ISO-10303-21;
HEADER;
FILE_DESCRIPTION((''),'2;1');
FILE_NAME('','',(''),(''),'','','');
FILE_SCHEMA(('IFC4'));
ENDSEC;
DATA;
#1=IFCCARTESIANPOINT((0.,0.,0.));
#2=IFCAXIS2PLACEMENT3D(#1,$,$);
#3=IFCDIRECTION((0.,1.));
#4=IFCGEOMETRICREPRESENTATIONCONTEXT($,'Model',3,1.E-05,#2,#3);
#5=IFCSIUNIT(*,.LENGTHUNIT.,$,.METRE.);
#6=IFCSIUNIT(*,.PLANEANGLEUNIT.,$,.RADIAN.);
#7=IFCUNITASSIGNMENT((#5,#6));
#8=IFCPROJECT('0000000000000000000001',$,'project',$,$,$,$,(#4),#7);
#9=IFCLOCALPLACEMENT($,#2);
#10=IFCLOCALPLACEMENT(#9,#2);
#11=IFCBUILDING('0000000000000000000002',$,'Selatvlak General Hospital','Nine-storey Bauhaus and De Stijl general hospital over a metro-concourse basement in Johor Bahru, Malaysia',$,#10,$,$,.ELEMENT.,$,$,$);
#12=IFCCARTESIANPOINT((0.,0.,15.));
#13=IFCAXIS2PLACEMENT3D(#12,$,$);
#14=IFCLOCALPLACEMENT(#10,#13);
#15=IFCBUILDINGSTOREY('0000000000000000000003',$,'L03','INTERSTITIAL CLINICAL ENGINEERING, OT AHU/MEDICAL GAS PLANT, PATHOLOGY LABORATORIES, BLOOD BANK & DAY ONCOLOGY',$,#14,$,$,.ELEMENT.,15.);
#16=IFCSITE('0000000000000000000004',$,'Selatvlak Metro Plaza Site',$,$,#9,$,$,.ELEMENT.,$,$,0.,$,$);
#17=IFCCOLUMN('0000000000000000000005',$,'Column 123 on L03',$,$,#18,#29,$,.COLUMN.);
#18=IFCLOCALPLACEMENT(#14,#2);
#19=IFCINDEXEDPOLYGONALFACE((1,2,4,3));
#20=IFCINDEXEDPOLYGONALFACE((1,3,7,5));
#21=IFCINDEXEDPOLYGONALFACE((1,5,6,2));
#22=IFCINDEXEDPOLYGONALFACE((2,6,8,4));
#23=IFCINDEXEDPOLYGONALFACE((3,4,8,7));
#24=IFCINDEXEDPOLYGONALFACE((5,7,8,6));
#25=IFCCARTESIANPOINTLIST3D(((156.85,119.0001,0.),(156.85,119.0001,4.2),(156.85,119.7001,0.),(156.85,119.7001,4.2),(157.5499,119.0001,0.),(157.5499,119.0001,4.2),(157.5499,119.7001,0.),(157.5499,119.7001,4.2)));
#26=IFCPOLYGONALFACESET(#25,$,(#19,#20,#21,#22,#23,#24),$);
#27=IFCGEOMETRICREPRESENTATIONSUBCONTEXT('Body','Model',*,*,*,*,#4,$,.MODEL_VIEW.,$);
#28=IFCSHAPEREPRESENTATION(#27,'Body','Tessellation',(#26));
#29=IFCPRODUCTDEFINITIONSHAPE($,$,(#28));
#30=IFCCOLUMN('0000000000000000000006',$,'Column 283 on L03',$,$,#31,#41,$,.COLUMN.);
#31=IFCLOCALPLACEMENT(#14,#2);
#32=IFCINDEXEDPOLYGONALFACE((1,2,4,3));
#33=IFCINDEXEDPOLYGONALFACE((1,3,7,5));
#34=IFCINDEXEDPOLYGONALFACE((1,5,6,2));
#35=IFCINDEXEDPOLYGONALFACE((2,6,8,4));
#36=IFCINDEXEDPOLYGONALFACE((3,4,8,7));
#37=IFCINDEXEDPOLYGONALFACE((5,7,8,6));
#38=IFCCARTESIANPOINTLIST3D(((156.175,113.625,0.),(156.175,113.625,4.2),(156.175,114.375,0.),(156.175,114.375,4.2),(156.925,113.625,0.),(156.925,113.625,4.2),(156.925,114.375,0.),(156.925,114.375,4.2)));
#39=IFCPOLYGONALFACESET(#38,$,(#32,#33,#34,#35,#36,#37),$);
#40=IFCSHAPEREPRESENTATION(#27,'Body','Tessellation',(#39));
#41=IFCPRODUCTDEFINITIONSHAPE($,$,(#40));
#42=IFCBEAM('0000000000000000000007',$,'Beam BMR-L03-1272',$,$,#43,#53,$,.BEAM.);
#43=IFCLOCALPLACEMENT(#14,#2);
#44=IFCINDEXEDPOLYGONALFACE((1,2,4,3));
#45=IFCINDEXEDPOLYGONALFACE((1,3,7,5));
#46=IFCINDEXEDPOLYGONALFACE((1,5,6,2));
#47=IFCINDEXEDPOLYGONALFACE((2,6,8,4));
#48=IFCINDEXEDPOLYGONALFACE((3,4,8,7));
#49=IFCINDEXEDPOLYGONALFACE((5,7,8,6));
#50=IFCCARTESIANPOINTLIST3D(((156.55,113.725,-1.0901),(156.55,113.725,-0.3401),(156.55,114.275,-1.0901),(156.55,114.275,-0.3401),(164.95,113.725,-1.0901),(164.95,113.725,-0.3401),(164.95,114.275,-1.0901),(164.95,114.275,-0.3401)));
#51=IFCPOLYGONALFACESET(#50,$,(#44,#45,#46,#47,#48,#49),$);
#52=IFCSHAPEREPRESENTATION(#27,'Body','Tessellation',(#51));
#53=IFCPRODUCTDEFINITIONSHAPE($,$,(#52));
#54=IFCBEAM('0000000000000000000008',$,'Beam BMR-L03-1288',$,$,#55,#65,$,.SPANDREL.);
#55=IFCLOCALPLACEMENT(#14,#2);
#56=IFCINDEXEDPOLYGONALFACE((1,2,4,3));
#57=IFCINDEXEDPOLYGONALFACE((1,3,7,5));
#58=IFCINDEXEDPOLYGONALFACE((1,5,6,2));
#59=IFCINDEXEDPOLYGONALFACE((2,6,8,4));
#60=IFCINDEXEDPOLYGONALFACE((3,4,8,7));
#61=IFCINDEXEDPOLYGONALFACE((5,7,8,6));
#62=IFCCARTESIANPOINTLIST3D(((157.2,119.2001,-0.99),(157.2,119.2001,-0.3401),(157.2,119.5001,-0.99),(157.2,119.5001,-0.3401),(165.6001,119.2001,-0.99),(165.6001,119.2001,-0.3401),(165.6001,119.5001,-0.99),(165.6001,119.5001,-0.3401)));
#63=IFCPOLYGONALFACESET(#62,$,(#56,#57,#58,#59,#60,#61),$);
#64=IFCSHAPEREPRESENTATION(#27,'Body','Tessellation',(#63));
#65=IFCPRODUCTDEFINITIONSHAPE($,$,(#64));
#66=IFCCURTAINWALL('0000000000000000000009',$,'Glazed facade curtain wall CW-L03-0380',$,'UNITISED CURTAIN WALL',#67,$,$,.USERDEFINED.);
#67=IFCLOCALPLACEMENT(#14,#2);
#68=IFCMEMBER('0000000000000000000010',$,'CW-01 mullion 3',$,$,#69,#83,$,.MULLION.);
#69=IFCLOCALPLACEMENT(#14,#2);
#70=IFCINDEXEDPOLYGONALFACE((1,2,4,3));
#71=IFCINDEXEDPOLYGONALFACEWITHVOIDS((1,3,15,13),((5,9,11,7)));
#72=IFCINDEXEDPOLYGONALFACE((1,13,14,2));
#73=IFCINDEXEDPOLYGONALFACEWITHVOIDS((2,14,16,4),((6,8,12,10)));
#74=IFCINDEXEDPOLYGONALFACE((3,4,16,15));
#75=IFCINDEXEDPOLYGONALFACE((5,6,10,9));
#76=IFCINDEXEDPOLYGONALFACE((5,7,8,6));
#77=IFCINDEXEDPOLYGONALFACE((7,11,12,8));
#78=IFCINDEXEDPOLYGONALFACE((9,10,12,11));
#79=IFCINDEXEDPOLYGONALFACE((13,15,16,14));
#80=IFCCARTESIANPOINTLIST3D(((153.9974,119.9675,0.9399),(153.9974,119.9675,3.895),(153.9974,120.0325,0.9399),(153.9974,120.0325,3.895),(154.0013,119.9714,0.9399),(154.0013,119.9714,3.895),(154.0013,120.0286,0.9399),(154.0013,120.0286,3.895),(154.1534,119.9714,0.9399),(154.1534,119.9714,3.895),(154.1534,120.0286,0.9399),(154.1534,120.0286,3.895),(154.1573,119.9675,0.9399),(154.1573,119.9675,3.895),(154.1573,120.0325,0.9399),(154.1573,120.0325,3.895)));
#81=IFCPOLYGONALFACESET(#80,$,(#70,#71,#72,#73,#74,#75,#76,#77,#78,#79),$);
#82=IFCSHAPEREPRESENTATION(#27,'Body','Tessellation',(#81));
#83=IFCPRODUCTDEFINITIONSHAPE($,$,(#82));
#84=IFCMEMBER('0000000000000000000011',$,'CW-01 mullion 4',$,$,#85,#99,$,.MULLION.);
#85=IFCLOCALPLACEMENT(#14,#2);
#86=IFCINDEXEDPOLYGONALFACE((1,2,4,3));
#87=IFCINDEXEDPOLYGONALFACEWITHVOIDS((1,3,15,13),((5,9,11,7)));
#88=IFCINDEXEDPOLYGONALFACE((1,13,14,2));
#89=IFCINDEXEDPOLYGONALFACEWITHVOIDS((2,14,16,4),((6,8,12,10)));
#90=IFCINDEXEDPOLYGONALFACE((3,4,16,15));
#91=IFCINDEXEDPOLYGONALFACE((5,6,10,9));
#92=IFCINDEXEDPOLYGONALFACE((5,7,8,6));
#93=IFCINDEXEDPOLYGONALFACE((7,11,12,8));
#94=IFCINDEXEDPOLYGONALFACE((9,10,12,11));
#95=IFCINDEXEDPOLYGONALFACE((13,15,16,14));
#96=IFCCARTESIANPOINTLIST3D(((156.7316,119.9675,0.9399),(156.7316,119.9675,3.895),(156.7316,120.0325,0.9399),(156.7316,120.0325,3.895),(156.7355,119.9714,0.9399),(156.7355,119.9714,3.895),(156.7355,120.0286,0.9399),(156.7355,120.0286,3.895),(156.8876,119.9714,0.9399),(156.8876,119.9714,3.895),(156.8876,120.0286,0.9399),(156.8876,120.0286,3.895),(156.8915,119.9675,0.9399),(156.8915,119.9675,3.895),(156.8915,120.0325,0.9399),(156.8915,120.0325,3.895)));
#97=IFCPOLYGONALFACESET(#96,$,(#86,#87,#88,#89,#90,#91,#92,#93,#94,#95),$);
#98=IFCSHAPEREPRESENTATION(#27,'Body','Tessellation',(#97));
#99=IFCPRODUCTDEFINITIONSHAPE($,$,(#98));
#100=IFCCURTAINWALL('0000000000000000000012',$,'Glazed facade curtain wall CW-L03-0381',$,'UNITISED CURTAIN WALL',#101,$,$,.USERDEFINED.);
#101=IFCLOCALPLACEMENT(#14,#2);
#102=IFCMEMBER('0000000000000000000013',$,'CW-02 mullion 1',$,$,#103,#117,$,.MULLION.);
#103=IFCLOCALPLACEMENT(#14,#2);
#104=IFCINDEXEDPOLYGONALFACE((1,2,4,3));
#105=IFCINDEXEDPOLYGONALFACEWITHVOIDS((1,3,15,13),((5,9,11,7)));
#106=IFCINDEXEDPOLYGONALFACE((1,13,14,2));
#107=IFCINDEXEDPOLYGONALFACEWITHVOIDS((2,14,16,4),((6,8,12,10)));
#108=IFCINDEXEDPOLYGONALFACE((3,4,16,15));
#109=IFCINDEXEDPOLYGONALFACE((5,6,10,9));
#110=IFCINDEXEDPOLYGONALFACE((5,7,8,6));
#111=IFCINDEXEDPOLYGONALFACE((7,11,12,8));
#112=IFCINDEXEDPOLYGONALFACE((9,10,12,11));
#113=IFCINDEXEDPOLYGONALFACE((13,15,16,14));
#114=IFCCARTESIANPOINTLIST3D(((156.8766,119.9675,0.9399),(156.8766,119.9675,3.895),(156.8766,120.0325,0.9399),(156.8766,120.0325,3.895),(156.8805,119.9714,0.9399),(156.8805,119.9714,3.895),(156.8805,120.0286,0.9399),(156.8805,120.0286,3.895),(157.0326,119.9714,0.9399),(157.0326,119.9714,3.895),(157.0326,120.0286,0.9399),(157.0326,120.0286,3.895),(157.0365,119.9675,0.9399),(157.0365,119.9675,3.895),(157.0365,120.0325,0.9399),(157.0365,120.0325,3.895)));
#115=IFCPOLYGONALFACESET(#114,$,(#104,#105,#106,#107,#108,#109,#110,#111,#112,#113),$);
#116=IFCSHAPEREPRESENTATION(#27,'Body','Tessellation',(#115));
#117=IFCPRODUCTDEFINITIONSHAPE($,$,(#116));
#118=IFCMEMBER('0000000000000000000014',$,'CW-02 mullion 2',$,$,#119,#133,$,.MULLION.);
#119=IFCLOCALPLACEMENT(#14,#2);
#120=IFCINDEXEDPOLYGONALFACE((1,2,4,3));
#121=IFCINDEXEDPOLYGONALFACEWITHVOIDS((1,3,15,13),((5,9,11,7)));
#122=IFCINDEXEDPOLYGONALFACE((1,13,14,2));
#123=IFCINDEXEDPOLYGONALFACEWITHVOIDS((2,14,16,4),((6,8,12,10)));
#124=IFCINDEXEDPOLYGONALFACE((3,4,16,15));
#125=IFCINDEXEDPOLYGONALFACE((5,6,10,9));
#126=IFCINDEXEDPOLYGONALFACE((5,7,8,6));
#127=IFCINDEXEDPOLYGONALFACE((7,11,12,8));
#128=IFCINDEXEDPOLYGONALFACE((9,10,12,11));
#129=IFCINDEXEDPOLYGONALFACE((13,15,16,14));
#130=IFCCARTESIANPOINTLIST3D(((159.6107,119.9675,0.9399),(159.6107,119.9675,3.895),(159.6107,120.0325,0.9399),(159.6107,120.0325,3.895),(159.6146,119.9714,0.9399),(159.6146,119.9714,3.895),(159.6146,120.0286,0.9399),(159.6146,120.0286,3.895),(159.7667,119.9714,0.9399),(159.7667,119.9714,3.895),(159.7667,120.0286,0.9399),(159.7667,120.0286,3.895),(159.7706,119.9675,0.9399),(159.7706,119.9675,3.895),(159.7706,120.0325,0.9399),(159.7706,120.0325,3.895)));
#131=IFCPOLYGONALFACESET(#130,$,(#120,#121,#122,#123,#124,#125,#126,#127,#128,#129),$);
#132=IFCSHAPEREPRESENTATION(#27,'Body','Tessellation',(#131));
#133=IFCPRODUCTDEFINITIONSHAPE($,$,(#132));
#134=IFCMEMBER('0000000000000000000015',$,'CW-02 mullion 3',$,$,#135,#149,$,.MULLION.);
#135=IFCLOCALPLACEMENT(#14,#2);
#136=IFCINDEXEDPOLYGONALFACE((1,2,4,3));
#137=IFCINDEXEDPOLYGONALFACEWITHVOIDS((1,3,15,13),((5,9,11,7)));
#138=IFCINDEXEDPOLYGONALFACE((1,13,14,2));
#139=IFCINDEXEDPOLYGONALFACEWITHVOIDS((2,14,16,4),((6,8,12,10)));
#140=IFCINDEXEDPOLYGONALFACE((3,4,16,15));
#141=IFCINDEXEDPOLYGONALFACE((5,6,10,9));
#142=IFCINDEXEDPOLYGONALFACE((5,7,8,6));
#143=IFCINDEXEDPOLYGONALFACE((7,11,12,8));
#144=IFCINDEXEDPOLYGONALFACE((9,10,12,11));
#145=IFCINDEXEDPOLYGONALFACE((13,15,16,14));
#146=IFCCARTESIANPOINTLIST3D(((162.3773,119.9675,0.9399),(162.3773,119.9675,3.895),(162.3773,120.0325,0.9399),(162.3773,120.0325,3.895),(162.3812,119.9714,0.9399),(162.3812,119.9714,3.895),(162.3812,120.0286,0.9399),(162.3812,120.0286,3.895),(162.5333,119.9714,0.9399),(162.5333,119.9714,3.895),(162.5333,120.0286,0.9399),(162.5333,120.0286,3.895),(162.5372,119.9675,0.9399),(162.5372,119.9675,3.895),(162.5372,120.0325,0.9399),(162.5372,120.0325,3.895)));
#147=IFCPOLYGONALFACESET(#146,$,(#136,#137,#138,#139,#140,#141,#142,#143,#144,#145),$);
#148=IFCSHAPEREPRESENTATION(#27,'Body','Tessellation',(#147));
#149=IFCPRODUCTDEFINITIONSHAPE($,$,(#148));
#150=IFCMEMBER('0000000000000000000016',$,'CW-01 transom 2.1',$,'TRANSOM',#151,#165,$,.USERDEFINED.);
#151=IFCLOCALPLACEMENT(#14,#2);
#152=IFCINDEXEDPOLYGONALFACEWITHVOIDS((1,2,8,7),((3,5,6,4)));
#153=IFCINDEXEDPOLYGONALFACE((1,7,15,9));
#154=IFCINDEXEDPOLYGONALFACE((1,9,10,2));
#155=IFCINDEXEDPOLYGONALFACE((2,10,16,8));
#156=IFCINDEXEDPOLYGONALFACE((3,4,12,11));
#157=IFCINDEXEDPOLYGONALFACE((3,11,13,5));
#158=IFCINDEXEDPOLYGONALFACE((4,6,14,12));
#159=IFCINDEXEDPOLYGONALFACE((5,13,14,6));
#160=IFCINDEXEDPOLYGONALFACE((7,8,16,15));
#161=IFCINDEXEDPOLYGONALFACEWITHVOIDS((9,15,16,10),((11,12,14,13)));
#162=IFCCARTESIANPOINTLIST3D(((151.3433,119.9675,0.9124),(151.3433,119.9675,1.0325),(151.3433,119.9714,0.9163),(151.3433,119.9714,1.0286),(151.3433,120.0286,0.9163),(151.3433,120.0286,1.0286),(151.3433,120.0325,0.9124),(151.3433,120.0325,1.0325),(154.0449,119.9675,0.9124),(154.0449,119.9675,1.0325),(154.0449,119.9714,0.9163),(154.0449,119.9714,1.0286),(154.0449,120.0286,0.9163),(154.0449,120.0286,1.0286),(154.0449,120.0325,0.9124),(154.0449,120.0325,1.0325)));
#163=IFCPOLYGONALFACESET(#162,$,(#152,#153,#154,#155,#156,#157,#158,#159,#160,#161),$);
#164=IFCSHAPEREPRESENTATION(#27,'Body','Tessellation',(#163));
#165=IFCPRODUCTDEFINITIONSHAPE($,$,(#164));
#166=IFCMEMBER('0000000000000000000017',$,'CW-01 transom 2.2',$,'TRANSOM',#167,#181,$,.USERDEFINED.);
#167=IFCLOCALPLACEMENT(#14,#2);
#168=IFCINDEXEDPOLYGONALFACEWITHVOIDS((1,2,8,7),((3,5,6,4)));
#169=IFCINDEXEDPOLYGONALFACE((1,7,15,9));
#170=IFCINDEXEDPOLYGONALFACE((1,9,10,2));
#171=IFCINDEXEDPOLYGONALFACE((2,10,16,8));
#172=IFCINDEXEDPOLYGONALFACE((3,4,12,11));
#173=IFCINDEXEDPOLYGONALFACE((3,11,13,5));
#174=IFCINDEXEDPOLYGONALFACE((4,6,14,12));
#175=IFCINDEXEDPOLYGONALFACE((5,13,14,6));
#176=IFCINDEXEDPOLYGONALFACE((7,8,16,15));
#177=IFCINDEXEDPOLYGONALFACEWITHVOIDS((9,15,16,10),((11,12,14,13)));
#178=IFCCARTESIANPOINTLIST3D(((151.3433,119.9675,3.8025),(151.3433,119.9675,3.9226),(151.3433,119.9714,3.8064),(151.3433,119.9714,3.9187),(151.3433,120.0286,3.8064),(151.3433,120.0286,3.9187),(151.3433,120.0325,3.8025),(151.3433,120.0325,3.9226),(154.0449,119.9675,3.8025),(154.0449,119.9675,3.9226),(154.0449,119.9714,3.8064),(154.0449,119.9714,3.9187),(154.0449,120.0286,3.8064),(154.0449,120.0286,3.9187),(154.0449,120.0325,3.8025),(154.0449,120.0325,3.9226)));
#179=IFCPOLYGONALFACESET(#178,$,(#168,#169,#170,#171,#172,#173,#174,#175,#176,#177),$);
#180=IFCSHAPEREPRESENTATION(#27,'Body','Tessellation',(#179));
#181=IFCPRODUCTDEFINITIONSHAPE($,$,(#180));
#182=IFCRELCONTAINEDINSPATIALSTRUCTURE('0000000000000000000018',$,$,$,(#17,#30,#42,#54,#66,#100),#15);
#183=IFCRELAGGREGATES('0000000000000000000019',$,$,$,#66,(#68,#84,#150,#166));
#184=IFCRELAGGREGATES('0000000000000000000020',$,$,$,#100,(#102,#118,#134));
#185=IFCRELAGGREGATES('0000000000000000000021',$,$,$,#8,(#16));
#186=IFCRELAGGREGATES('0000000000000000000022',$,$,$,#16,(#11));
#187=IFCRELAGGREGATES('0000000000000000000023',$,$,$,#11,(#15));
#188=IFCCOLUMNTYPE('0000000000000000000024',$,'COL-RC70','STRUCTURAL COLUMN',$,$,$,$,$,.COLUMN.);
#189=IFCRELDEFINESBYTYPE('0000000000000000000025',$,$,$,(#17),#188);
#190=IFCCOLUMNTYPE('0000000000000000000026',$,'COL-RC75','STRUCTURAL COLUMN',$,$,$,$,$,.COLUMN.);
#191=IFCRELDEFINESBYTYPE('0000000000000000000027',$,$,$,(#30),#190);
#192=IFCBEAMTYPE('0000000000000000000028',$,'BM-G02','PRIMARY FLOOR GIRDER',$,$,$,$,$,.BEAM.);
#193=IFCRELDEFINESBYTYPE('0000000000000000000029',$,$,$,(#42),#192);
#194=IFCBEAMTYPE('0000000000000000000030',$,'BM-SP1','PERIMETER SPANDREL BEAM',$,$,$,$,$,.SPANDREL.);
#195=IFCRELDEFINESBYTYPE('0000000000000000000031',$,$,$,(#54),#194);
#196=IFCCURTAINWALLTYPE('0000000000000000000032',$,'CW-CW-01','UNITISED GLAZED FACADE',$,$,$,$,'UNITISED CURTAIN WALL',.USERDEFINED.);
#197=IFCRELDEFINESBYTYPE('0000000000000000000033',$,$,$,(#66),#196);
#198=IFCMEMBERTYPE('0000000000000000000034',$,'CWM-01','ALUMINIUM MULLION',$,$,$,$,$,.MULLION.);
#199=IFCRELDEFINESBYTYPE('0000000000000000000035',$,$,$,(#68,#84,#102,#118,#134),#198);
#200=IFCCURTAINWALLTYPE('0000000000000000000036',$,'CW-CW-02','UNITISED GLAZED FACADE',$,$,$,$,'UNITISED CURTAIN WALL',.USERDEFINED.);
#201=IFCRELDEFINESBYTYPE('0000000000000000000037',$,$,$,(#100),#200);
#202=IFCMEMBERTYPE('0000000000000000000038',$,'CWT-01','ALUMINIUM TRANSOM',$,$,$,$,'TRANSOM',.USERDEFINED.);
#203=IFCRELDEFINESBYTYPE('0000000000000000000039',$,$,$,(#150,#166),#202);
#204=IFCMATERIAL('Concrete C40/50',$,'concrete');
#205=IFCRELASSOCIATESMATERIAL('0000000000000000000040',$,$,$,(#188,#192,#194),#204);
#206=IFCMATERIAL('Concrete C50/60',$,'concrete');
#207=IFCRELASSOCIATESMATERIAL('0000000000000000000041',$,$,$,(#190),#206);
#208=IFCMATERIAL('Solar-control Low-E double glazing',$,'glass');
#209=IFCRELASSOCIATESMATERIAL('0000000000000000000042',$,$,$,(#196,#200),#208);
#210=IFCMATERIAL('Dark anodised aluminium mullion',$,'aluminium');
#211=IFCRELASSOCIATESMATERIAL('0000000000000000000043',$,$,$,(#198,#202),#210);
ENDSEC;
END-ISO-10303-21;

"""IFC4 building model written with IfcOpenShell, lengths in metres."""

from ifc_helpers import new_model, si_unit, direction, frame, origin, origin_2d, place, context, subcontext, project, spatial, rectangle, hollow_rectangle, extrude, material, material_profile, profile_set, type_object, element, aggregate, save


model = new_model("IFC4")

# Units and contexts
model_context = context("Model", 3, precision=1e-05, world=origin(), true_north=direction((0.0, 1.0)))
body_context = subcontext(model_context, "Body", "Model", "MODEL_VIEW")
ifc_project = project(units=[si_unit("LENGTHUNIT", "METRE"), si_unit("PLANEANGLEUNIT", "RADIAN")], contexts=[model_context])

# Site, building, storey
site_placement = place(None, origin())
site = spatial("IfcSite", under=ifc_project, at=site_placement, Name="Selatvlak Metro Plaza Site", CompositionType="ELEMENT", RefElevation=0.0)
building_placement = place(site_placement, origin())
building = spatial("IfcBuilding", under=site, at=building_placement, Name="Selatvlak General Hospital", Description="Nine-storey Bauhaus and De Stijl general hospital over a metro-concourse basement in Johor Bahru, Malaysia", CompositionType="ELEMENT")
storey_placement = place(building_placement, frame((0.0, 0.0, 15.0)))
storey = spatial("IfcBuildingStorey", under=building, at=storey_placement, Name="L03", Description="INTERSTITIAL CLINICAL ENGINEERING, OT AHU/MEDICAL GAS PLANT, PATHOLOGY LABORATORIES, BLOOD BANK & DAY ONCOLOGY", CompositionType="ELEMENT", Elevation=15.0)

# Columns
ifc_material_1 = material(Name="Concrete C40/50", Category="concrete")
ifc_material_profile_1 = material_profile(ifc_material_1, rectangle(XDim=0.7, YDim=0.7, at=origin_2d()), Name="RC-COL 700x700")
ifc_profile_set_1 = profile_set([ifc_material_profile_1], Name="Concrete C40/50")
column_type_1 = type_object("IfcColumnType", Name="COL-RC70", Description="STRUCTURAL COLUMN", PredefinedType="COLUMN", material=ifc_profile_set_1)
column_1_placement = place(storey_placement, frame((157.2, 119.3501, 0.0), z_axis=(0.0, 0.0, 1.0), x_axis=(1.0, 0.0, 0.0)))
element("IfcColumn", 1, at=column_1_placement, inside=storey, type_object=column_type_1, Name="Column 123 on L03", PredefinedType="COLUMN", context=body_context, shape_type="SweptSolid", body=[
    extrude(rectangle(XDim=0.7, YDim=0.7, at=origin_2d()), origin(), (0.0, 0.0, 1.0), 4.2),
])
ifc_material_2 = material(Name="Concrete C50/60", Category="concrete")
ifc_material_profile_2 = material_profile(ifc_material_2, rectangle(XDim=0.75, YDim=0.75, at=origin_2d()), Name="RC-COL 750x750")
ifc_profile_set_2 = profile_set([ifc_material_profile_2], Name="Concrete C50/60")
column_type_2 = type_object("IfcColumnType", Name="COL-RC75", Description="STRUCTURAL COLUMN", PredefinedType="COLUMN", material=ifc_profile_set_2)
column_2_placement = place(storey_placement, frame((156.55, 114.0, 0.0), z_axis=(0.0, 0.0, 1.0), x_axis=(1.0, 0.0, 0.0)))
element("IfcColumn", 2, at=column_2_placement, inside=storey, type_object=column_type_2, Name="Column 283 on L03", PredefinedType="COLUMN", context=body_context, shape_type="SweptSolid", body=[
    extrude(rectangle(XDim=0.75, YDim=0.75, at=origin_2d()), origin(), (0.0, 0.0, 1.0), 4.2),
])

# Beams
ifc_material_profile_3 = material_profile(ifc_material_1, rectangle(XDim=0.55, YDim=0.75, at=origin_2d()), Name="RC-BM 550x750")
ifc_profile_set_3 = profile_set([ifc_material_profile_3], Name="Concrete C40/50")
beam_type_1 = type_object("IfcBeamType", Name="BM-G02", Description="PRIMARY FLOOR GIRDER", PredefinedType="BEAM", material=ifc_profile_set_3)
beam_1_placement = place(storey_placement, frame((156.55, 114.0, -0.7151), z_axis=(1.0, 0.0, 0.0), x_axis=(0.0, 1.0, 0.0)))
element("IfcBeam", 3, at=beam_1_placement, inside=storey, type_object=beam_type_1, Name="Beam BMR-L03-1272", PredefinedType="BEAM", context=body_context, shape_type="SweptSolid", body=[
    extrude(rectangle(XDim=0.55, YDim=0.75, at=origin_2d()), origin(), (0.0, 0.0, 1.0), 8.3999),
])
ifc_material_profile_4 = material_profile(ifc_material_1, rectangle(XDim=0.3, YDim=0.6499, at=origin_2d()), Name="RC-SP 300x650")
ifc_profile_set_4 = profile_set([ifc_material_profile_4], Name="Concrete C40/50")
beam_type_2 = type_object("IfcBeamType", Name="BM-SP1", Description="PERIMETER SPANDREL BEAM", PredefinedType="SPANDREL", material=ifc_profile_set_4)
beam_2_placement = place(storey_placement, frame((157.2, 119.3501, -0.665), z_axis=(1.0, 0.0, 0.0), x_axis=(0.0, 1.0, 0.0)))
element("IfcBeam", 4, at=beam_2_placement, inside=storey, type_object=beam_type_2, Name="Beam BMR-L03-1288", PredefinedType="SPANDREL", context=body_context, shape_type="SweptSolid", body=[
    extrude(rectangle(XDim=0.3, YDim=0.6499, at=origin_2d()), origin(), (0.0, 0.0, 1.0), 8.4001),
])

# Curtain walls, members
ifc_material_3 = material(Name="Solar-control Low-E double glazing", Category="glass")
curtain_wall_type_1 = type_object("IfcCurtainWallType", Name="CW-CW-01", Description="UNITISED GLAZED FACADE", ElementType="UNITISED CURTAIN WALL", PredefinedType="USERDEFINED", material=ifc_material_3)
curtain_wall_1_placement = place(storey_placement, origin())
curtain_wall_1 = element("IfcCurtainWall", 5, at=curtain_wall_1_placement, inside=storey, type_object=curtain_wall_type_1, Name="Glazed facade curtain wall CW-L03-0380", ObjectType="UNITISED CURTAIN WALL", PredefinedType="USERDEFINED")
ifc_material_4 = material(Name="Dark anodised aluminium mullion", Category="aluminium")
ifc_material_profile_5 = material_profile(ifc_material_4, hollow_rectangle(XDim=0.0649, YDim=0.1599, WallThickness=0.0039, at=origin_2d()), Name="AL-MUL 65x160x4")
ifc_profile_set_5 = profile_set([ifc_material_profile_5], Name="Dark anodised aluminium mullion")
member_type_1 = type_object("IfcMemberType", Name="CWM-01", Description="ALUMINIUM MULLION", PredefinedType="MULLION", material=ifc_profile_set_5)
member_1_placement = place(storey_placement, frame((154.0774, 120.0, 0.9399), z_axis=(0.0, 0.0, 1.0), x_axis=(0.0, 1.0, 0.0)))
member_1 = element("IfcMember", 6, at=member_1_placement, type_object=member_type_1, Name="CW-01 mullion 3", PredefinedType="MULLION", context=body_context, shape_type="SweptSolid", body=[
    extrude(hollow_rectangle(XDim=0.0649, YDim=0.1599, WallThickness=0.0039, at=origin_2d()), origin(), (0.0, 0.0, 1.0), 2.9551),
])
member_2_placement = place(storey_placement, frame((156.8115, 120.0, 0.9399), z_axis=(0.0, 0.0, 1.0), x_axis=(0.0, 1.0, 0.0)))
member_2 = element("IfcMember", 7, at=member_2_placement, type_object=member_type_1, Name="CW-01 mullion 4", PredefinedType="MULLION", context=body_context, shape_type="SweptSolid", body=[
    extrude(hollow_rectangle(XDim=0.0649, YDim=0.1599, WallThickness=0.0039, at=origin_2d()), origin(), (0.0, 0.0, 1.0), 2.9551),
])
curtain_wall_type_2 = type_object("IfcCurtainWallType", Name="CW-CW-02", Description="UNITISED GLAZED FACADE", ElementType="UNITISED CURTAIN WALL", PredefinedType="USERDEFINED", material=ifc_material_3)
curtain_wall_2_placement = place(storey_placement, origin())
curtain_wall_2 = element("IfcCurtainWall", 8, at=curtain_wall_2_placement, inside=storey, type_object=curtain_wall_type_2, Name="Glazed facade curtain wall CW-L03-0381", ObjectType="UNITISED CURTAIN WALL", PredefinedType="USERDEFINED")
member_3_placement = place(storey_placement, frame((156.9565, 120.0, 0.9399), z_axis=(0.0, 0.0, 1.0), x_axis=(0.0, 1.0, 0.0)))
member_3 = element("IfcMember", 9, at=member_3_placement, type_object=member_type_1, Name="CW-02 mullion 1", PredefinedType="MULLION", context=body_context, shape_type="SweptSolid", body=[
    extrude(hollow_rectangle(XDim=0.0649, YDim=0.1599, WallThickness=0.0039, at=origin_2d()), origin(), (0.0, 0.0, 1.0), 2.9551),
])
member_4_placement = place(storey_placement, frame((159.6907, 120.0, 0.9399), z_axis=(0.0, 0.0, 1.0), x_axis=(0.0, 1.0, 0.0)))
member_4 = element("IfcMember", 10, at=member_4_placement, type_object=member_type_1, Name="CW-02 mullion 2", PredefinedType="MULLION", context=body_context, shape_type="SweptSolid", body=[
    extrude(hollow_rectangle(XDim=0.0649, YDim=0.1599, WallThickness=0.0039, at=origin_2d()), origin(), (0.0, 0.0, 1.0), 2.9551),
])
member_5_placement = place(storey_placement, frame((162.4573, 120.0, 0.9399), z_axis=(0.0, 0.0, 1.0), x_axis=(0.0, 1.0, 0.0)))
member_5 = element("IfcMember", 11, at=member_5_placement, type_object=member_type_1, Name="CW-02 mullion 3", PredefinedType="MULLION", context=body_context, shape_type="SweptSolid", body=[
    extrude(hollow_rectangle(XDim=0.0649, YDim=0.1599, WallThickness=0.0039, at=origin_2d()), origin(), (0.0, 0.0, 1.0), 2.9551),
])

# Members
ifc_material_profile_6 = material_profile(ifc_material_4, hollow_rectangle(XDim=0.0649, YDim=0.1201, WallThickness=0.0039, at=origin_2d()), Name="AL-TRN 65x120x4")
ifc_profile_set_6 = profile_set([ifc_material_profile_6], Name="Dark anodised aluminium mullion")
member_type_2 = type_object("IfcMemberType", Name="CWT-01", Description="ALUMINIUM TRANSOM", ElementType="TRANSOM", PredefinedType="USERDEFINED", material=ifc_profile_set_6)
member_6_placement = place(storey_placement, frame((151.3433, 120.0, 0.9724), z_axis=(1.0, 0.0, 0.0), x_axis=(0.0, 1.0, 0.0)))
member_6 = element("IfcMember", 12, at=member_6_placement, type_object=member_type_2, Name="CW-01 transom 2.1", ObjectType="TRANSOM", PredefinedType="USERDEFINED", context=body_context, shape_type="SweptSolid", body=[
    extrude(hollow_rectangle(XDim=0.0649, YDim=0.1201, WallThickness=0.0039, at=origin_2d()), origin(), (0.0, 0.0, 1.0), 2.7017),
])
member_7_placement = place(storey_placement, frame((151.3433, 120.0, 3.8625), z_axis=(1.0, 0.0, 0.0), x_axis=(0.0, 1.0, 0.0)))
member_7 = element("IfcMember", 13, at=member_7_placement, type_object=member_type_2, Name="CW-01 transom 2.2", ObjectType="TRANSOM", PredefinedType="USERDEFINED", context=body_context, shape_type="SweptSolid", body=[
    extrude(hollow_rectangle(XDim=0.0649, YDim=0.1201, WallThickness=0.0039, at=origin_2d()), origin(), (0.0, 0.0, 1.0), 2.7017),
])

aggregate(curtain_wall_1, [member_1, member_2, member_6, member_7])
aggregate(curtain_wall_2, [member_3, member_4, member_5])

save(model, "model.ifc")
